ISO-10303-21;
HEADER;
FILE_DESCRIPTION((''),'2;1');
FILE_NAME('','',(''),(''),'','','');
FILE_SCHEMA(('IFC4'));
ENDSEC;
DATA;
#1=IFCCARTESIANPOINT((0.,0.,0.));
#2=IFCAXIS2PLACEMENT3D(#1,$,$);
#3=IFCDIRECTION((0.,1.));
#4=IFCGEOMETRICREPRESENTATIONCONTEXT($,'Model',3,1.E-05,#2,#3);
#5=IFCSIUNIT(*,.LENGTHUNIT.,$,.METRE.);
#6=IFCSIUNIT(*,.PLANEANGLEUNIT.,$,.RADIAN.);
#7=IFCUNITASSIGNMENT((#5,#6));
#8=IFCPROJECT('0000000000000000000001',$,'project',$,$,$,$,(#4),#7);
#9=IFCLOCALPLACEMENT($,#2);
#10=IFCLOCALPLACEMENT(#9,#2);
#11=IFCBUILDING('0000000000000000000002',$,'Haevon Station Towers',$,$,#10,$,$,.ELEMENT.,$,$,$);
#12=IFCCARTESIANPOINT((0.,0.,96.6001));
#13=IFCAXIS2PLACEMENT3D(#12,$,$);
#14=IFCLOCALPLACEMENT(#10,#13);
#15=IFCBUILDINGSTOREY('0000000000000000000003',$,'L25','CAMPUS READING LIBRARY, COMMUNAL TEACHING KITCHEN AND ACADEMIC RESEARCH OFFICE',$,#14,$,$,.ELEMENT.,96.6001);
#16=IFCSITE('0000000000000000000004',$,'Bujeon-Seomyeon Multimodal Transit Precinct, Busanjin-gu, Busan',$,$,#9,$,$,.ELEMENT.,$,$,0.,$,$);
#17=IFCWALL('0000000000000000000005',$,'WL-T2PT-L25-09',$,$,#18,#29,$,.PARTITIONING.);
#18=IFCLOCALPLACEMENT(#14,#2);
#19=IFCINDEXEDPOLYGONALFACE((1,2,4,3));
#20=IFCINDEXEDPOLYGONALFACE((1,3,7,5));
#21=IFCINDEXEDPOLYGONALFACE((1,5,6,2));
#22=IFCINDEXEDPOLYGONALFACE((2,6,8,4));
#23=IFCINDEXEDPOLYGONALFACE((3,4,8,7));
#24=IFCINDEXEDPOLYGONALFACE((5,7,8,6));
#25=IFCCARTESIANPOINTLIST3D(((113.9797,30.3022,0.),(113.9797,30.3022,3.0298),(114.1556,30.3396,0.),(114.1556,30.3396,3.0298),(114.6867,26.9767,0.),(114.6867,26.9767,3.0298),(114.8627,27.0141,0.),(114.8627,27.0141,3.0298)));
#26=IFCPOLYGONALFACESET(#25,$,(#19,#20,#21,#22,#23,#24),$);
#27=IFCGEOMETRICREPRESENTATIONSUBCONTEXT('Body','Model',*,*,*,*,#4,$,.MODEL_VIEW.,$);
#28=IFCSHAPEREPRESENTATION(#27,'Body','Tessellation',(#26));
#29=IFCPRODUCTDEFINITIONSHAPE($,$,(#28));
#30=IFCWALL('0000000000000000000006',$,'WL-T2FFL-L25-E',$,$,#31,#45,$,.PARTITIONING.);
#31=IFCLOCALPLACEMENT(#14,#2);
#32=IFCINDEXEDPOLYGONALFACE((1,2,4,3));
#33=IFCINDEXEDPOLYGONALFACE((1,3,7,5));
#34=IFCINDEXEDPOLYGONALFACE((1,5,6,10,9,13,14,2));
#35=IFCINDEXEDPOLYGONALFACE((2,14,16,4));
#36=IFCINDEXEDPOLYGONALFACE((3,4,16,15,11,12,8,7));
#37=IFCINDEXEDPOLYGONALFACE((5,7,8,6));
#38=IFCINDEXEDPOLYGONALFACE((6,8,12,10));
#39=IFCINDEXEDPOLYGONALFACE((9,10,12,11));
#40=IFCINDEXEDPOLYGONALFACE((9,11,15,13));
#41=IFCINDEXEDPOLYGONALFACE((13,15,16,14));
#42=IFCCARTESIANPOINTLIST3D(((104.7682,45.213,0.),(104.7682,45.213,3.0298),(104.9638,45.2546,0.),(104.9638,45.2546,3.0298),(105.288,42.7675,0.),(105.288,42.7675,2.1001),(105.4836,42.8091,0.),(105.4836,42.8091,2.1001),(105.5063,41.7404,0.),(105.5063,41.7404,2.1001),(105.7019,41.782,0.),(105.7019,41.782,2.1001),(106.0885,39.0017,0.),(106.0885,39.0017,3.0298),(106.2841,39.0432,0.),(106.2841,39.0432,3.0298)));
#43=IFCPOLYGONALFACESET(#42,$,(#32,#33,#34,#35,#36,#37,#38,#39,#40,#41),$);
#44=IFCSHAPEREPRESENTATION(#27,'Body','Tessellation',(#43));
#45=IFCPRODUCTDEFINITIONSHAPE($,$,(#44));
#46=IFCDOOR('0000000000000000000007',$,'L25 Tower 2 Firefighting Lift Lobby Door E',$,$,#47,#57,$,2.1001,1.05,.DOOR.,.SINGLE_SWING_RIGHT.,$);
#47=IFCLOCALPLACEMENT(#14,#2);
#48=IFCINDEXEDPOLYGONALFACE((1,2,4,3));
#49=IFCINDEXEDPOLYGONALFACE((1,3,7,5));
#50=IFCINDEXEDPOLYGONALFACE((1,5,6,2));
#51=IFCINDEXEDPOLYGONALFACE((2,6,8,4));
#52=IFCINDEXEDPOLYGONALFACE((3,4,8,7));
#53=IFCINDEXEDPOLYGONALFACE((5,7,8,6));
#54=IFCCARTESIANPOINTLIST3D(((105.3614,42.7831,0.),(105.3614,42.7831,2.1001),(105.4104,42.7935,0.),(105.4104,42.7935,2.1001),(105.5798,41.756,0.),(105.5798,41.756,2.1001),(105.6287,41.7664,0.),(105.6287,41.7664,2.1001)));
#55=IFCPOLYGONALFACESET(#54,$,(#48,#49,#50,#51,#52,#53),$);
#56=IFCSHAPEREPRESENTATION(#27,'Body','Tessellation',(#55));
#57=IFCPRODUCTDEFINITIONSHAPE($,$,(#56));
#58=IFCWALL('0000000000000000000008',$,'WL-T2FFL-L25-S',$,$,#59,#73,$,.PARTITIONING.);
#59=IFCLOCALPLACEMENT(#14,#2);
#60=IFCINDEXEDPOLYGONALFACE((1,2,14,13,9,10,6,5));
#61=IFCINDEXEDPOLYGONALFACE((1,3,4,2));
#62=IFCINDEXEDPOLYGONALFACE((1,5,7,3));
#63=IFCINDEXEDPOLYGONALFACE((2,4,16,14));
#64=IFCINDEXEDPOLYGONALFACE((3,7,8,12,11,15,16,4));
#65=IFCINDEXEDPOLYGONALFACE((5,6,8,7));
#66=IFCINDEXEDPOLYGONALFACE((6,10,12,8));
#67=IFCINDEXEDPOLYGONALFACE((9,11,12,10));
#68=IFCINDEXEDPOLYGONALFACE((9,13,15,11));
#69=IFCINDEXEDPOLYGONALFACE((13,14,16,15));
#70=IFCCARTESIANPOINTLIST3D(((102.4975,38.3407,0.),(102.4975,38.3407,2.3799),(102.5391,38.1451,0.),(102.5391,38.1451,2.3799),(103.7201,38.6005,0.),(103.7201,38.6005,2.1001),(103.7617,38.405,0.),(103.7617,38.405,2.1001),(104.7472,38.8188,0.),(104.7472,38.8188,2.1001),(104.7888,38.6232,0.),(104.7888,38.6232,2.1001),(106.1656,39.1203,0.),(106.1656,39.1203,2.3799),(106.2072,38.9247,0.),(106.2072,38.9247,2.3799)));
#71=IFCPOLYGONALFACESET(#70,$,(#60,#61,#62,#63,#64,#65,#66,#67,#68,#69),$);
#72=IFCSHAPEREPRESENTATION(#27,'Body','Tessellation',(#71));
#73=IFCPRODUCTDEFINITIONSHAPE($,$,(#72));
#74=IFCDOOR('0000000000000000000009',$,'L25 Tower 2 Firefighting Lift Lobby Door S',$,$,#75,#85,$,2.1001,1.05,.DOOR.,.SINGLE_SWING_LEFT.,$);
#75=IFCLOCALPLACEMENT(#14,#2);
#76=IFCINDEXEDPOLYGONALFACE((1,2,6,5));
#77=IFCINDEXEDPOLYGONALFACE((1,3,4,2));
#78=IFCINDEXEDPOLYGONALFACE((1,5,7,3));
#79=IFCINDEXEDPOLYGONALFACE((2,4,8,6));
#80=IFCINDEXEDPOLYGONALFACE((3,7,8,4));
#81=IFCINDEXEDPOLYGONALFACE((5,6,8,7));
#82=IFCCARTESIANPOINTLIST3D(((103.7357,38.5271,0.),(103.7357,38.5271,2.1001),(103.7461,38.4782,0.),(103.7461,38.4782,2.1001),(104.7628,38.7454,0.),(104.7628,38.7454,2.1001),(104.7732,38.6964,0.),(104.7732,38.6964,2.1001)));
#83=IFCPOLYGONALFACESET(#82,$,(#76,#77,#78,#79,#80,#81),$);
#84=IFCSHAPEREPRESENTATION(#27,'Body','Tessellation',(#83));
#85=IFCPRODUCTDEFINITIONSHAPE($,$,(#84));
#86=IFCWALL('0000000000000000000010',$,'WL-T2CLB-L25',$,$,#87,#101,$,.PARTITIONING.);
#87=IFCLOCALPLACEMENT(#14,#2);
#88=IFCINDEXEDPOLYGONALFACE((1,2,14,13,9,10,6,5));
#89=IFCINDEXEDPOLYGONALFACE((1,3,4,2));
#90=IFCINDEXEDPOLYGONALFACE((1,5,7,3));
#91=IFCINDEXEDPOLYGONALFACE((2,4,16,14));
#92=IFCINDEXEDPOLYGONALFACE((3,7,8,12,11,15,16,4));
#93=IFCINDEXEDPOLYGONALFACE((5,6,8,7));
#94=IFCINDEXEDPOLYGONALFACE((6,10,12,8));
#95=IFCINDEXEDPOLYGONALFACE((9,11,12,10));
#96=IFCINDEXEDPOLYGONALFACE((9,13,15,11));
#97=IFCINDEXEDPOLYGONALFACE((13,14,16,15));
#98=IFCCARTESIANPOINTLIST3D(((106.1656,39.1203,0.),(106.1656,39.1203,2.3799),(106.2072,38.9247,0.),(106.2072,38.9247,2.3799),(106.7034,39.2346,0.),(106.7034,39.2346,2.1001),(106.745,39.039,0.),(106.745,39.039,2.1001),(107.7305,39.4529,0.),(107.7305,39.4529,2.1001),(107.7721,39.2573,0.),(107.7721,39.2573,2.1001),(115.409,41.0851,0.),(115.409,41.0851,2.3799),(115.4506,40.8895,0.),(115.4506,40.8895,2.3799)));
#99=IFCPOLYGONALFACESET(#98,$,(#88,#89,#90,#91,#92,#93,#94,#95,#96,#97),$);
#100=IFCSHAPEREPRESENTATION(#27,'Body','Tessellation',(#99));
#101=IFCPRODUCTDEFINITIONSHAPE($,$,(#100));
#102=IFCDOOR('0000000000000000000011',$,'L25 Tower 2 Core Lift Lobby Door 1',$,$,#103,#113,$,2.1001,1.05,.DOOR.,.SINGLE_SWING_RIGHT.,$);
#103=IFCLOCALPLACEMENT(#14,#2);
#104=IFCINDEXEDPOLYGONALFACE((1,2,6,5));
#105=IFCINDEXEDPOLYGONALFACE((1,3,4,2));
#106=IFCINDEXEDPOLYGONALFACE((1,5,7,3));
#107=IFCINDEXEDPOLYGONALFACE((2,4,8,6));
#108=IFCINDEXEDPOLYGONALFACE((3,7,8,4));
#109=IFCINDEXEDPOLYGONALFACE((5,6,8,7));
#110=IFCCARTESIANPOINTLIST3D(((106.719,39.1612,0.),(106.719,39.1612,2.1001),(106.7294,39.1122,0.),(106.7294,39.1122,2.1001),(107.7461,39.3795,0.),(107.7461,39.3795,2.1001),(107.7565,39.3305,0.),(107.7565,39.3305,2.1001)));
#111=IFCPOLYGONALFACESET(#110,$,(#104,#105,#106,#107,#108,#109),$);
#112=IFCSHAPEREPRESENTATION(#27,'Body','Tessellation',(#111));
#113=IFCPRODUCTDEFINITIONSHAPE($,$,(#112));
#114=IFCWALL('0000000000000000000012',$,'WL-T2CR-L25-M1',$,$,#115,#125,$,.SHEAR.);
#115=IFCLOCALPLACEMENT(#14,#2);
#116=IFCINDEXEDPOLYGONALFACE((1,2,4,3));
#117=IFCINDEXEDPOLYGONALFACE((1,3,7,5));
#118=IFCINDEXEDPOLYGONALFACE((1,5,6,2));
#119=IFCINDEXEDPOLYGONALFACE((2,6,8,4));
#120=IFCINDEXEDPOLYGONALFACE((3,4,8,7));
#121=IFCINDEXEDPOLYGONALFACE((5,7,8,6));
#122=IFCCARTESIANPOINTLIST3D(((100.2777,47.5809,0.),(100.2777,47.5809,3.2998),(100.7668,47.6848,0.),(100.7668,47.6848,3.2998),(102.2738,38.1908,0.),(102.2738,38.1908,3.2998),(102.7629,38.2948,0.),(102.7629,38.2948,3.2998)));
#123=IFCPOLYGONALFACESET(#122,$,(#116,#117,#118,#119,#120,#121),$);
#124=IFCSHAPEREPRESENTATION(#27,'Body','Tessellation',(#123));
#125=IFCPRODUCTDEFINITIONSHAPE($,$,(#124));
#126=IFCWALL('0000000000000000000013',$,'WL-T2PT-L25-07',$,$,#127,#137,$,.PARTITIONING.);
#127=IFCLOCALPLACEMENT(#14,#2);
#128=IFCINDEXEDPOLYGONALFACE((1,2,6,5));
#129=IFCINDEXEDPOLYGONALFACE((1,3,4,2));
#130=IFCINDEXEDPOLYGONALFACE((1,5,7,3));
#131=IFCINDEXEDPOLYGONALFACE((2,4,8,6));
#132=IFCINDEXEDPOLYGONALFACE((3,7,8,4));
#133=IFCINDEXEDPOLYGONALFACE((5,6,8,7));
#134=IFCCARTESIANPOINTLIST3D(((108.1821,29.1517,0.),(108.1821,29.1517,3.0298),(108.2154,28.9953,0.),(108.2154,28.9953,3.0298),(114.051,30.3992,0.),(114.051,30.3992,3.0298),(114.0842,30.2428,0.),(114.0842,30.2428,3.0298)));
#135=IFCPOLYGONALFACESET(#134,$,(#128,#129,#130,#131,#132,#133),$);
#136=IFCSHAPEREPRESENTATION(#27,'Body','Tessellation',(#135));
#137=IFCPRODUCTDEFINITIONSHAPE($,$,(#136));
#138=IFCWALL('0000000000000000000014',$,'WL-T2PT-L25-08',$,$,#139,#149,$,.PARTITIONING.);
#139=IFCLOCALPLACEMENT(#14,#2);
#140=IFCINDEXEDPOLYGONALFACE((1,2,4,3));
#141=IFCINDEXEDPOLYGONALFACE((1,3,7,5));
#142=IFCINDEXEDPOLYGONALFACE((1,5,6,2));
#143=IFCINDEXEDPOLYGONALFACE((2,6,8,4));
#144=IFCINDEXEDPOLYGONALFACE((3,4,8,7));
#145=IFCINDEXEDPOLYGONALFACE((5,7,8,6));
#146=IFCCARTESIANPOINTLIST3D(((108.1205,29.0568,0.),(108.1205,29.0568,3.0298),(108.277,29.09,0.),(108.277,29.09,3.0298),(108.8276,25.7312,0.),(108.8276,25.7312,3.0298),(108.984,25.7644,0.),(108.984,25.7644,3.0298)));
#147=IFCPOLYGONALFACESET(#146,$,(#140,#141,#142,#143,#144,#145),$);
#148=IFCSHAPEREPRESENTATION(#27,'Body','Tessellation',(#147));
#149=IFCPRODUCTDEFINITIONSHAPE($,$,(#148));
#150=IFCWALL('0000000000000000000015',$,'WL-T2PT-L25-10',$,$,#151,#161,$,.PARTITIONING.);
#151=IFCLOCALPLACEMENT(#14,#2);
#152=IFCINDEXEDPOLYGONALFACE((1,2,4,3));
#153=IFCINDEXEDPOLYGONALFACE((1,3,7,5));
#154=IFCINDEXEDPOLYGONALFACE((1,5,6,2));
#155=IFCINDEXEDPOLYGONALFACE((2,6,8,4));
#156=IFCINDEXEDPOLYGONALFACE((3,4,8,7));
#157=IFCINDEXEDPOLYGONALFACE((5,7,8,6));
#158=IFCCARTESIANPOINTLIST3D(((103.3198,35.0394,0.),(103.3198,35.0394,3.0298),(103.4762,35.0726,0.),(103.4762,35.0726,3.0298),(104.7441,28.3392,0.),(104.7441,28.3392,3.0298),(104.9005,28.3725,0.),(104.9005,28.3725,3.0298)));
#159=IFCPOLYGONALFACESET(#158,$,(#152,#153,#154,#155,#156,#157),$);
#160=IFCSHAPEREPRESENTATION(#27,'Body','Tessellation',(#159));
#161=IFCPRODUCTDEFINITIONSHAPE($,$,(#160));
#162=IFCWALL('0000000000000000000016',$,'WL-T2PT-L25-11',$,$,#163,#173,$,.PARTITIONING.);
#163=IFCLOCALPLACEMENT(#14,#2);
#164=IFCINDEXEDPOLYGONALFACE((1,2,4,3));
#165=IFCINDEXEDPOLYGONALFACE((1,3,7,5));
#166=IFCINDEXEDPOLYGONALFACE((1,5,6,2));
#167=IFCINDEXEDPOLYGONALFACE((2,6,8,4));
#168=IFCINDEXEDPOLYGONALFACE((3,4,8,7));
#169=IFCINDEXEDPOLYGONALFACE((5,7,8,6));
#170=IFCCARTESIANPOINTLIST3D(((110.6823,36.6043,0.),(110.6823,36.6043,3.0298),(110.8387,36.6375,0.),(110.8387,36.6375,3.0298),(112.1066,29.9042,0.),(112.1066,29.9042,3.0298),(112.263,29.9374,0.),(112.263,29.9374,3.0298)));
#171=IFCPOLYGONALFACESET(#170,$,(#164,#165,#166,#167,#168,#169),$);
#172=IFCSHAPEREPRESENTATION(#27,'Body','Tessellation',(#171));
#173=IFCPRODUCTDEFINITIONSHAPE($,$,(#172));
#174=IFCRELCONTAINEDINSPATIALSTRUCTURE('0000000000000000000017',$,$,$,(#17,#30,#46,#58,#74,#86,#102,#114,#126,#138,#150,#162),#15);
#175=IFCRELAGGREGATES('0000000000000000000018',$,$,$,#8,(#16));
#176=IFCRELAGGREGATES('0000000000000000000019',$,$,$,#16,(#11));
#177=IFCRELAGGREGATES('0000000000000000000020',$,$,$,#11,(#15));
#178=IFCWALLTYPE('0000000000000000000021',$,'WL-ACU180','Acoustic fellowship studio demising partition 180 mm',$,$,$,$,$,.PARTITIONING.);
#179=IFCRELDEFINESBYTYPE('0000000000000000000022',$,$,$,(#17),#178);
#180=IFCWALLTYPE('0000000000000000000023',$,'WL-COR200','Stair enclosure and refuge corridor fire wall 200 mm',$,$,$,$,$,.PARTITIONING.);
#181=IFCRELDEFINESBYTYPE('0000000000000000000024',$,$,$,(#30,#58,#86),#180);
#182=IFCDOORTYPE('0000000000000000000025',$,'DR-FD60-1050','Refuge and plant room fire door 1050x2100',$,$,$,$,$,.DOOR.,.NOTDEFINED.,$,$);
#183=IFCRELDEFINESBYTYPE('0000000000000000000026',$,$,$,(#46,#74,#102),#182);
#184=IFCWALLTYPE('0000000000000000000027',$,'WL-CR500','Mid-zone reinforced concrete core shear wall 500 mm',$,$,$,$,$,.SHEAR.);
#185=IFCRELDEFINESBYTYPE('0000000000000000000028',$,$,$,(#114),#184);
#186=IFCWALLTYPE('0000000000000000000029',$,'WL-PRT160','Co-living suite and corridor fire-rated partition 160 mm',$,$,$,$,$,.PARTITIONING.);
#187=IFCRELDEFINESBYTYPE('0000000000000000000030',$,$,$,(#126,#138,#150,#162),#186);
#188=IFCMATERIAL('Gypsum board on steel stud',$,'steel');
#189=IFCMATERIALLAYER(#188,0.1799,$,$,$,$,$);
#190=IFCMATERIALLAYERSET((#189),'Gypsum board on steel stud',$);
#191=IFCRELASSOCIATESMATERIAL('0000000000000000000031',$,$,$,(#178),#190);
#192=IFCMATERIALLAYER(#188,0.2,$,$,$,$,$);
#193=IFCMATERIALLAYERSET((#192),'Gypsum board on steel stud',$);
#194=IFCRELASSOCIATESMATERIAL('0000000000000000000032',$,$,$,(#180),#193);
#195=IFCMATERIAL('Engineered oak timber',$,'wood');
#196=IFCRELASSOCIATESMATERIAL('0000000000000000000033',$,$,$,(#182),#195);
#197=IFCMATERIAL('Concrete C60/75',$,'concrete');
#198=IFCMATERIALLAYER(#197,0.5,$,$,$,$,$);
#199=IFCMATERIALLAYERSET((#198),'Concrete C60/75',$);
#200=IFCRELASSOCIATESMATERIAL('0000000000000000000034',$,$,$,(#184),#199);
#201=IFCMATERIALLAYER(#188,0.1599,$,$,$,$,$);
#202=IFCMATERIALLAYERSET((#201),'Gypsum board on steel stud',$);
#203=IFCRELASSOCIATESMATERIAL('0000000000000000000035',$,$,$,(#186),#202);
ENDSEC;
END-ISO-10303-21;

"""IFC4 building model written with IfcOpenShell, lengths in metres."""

from ifc_helpers import new_model, si_unit, direction, frame, frame_2d, origin, place, context, subcontext, project, spatial, rectangle, extrude, material, layer, layer_set, type_object, element, fill, save


model = new_model("IFC4")

# Units and contexts
model_context = context("Model", 3, precision=1e-05, world=origin(), true_north=direction((0.0, 1.0)))
body_context = subcontext(model_context, "Body", "Model", "MODEL_VIEW")
ifc_project = project(units=[si_unit("LENGTHUNIT", "METRE"), si_unit("PLANEANGLEUNIT", "RADIAN")], contexts=[model_context])

# Site, building, storey
site_placement = place(None, origin())
site = spatial("IfcSite", under=ifc_project, at=site_placement, Name="Bujeon-Seomyeon Multimodal Transit Precinct, Busanjin-gu, Busan", CompositionType="ELEMENT", RefElevation=0.0)
building_placement = place(site_placement, origin())
building = spatial("IfcBuilding", under=site, at=building_placement, Name="Haevon Station Towers", CompositionType="ELEMENT")
storey_placement = place(building_placement, frame((0.0, 0.0, 96.6001)))
storey = spatial("IfcBuildingStorey", under=building, at=storey_placement, Name="L25", Description="CAMPUS READING LIBRARY, COMMUNAL TEACHING KITCHEN AND ACADEMIC RESEARCH OFFICE", CompositionType="ELEMENT", Elevation=96.6001)

# Wall
ifc_material_1 = material(Name="Gypsum board on steel stud", Category="steel")
ifc_layer_1 = layer(ifc_material_1, 0.1799)
ifc_layer_set_1 = layer_set([ifc_layer_1], Name="Gypsum board on steel stud")
wall_type_1 = type_object("IfcWallType", Name="WL-ACU180", Description="Acoustic fellowship studio demising partition 180 mm", PredefinedType="PARTITIONING", material=ifc_layer_set_1)
wall_1_placement = place(storey_placement, frame((114.7747, 26.9954, 0.0), z_axis=(0.0, 0.0, 1.0), x_axis=(-0.20795, 0.97814, 0.0)))
element("IfcWall", 1, at=wall_1_placement, inside=storey, type_object=wall_type_1, Name="WL-T2PT-L25-09", PredefinedType="PARTITIONING", context=body_context, shape_type="SweptSolid", body=[
    extrude(rectangle(XDim=3.3999, YDim=0.1799, at=frame_2d((1.7, 0.0))), origin(), (0.0, 0.0, 1.0), 3.0298),
])

# Walls, openings, doors
ifc_layer_2 = layer(ifc_material_1, 0.2)
ifc_layer_set_2 = layer_set([ifc_layer_2], Name="Gypsum board on steel stud")
wall_type_2 = type_object("IfcWallType", Name="WL-COR200", Description="Stair enclosure and refuge corridor fire wall 200 mm", PredefinedType="PARTITIONING", material=ifc_layer_set_2)
wall_2_placement = place(storey_placement, frame((106.1863, 39.0225, 0.0), z_axis=(0.0, 0.0, 1.0), x_axis=(-0.207917, 0.978147, 0.0)))
wall_2 = element("IfcWall", 2, at=wall_2_placement, inside=storey, type_object=wall_type_2, Name="WL-T2FFL-L25-E", PredefinedType="PARTITIONING", context=body_context, shape_type="SweptSolid", body=[
    extrude(rectangle(XDim=6.3501, YDim=0.2, at=frame_2d((3.175, 0.0))), origin(), (0.0, 0.0, 1.0), 3.0298),
])
opening_1_placement = place(wall_2_placement, frame((2.8, 0.0, 0.0)))
opening_1 = element("IfcOpeningElement", 3, at=opening_1_placement, cuts=wall_2, PredefinedType="OPENING", context=body_context, shape_type="SweptSolid", body=[
    extrude(rectangle(XDim=1.05, YDim=2.1001, at=frame_2d((0.5249, 1.05))), frame((0.0, 0.1099, 0.0), z_axis=(0.0, -1.0, 0.0), x_axis=(1.0, 0.0, 0.0)), (0.0, 0.0, 1.0), 0.22),
])
ifc_material_2 = material(Name="Engineered oak timber", Category="wood")
door_type = type_object("IfcDoorType", Name="DR-FD60-1050", Description="Refuge and plant room fire door 1050x2100", OperationType="NOTDEFINED", PredefinedType="DOOR", material=ifc_material_2)
door_1_placement = place(opening_1_placement, origin())
door_1 = element("IfcDoor", 4, at=door_1_placement, inside=storey, type_object=door_type, Name="L25 Tower 2 Firefighting Lift Lobby Door E", OperationType="SINGLE_SWING_RIGHT", OverallHeight=2.1001, OverallWidth=1.05, PredefinedType="DOOR", context=body_context, shape_type="SweptSolid", body=[
    extrude(rectangle(XDim=1.05, YDim=2.1001, at=frame_2d((0.5249, 1.05))), frame((0.0, 0.0249, 0.0), z_axis=(0.0, -1.0, 0.0), x_axis=(1.0, 0.0, 0.0)), (0.0, 0.0, 1.0), 0.05),
])
fill(opening_1, door_1)
wall_3_placement = place(storey_placement, frame((102.5183, 38.2429, 0.0), z_axis=(0.0, 0.0, 1.0), x_axis=(0.978154, 0.207884, 0.0)))
wall_3 = element("IfcWall", 5, at=wall_3_placement, inside=storey, type_object=wall_type_2, Name="WL-T2FFL-L25-S", PredefinedType="PARTITIONING", context=body_context, shape_type="SweptSolid", body=[
    extrude(rectangle(XDim=3.75, YDim=0.2, at=frame_2d((1.875, 0.0))), origin(), (0.0, 0.0, 1.0), 2.3799),
])
opening_2_placement = place(wall_3_placement, frame((1.25, 0.0, 0.0)))
opening_2 = element("IfcOpeningElement", 6, at=opening_2_placement, cuts=wall_3, PredefinedType="OPENING", context=body_context, shape_type="SweptSolid", body=[
    extrude(rectangle(XDim=1.05, YDim=2.1001, at=frame_2d((0.5249, 1.05))), frame((0.0, 0.1099, 0.0), z_axis=(0.0, -1.0, 0.0), x_axis=(1.0, 0.0, 0.0)), (0.0, 0.0, 1.0), 0.22),
])
door_2_placement = place(opening_2_placement, origin())
door_2 = element("IfcDoor", 7, at=door_2_placement, inside=storey, type_object=door_type, Name="L25 Tower 2 Firefighting Lift Lobby Door S", OperationType="SINGLE_SWING_LEFT", OverallHeight=2.1001, OverallWidth=1.05, PredefinedType="DOOR", context=body_context, shape_type="SweptSolid", body=[
    extrude(rectangle(XDim=1.05, YDim=2.1001, at=frame_2d((0.5249, 1.05))), frame((0.0, 0.0249, 0.0), z_axis=(0.0, -1.0, 0.0), x_axis=(1.0, 0.0, 0.0)), (0.0, 0.0, 1.0), 0.05),
])
fill(opening_2, door_2)
wall_4_placement = place(storey_placement, frame((106.1863, 39.0225, 0.0), z_axis=(0.0, 0.0, 1.0), x_axis=(0.978146, 0.207921, 0.0)))
wall_4 = element("IfcWall", 8, at=wall_4_placement, inside=storey, type_object=wall_type_2, Name="WL-T2CLB-L25", PredefinedType="PARTITIONING", context=body_context, shape_type="SweptSolid", body=[
    extrude(rectangle(XDim=9.45, YDim=0.2, at=frame_2d((4.7251, 0.0))), origin(), (0.0, 0.0, 1.0), 2.3799),
])
opening_3_placement = place(wall_4_placement, frame((0.55, 0.0, 0.0)))
opening_3 = element("IfcOpeningElement", 9, at=opening_3_placement, cuts=wall_4, PredefinedType="OPENING", context=body_context, shape_type="SweptSolid", body=[
    extrude(rectangle(XDim=1.05, YDim=2.1001, at=frame_2d((0.5249, 1.05))), frame((0.0, 0.1099, 0.0), z_axis=(0.0, -1.0, 0.0), x_axis=(1.0, 0.0, 0.0)), (0.0, 0.0, 1.0), 0.22),
])
door_3_placement = place(opening_3_placement, origin())
door_3 = element("IfcDoor", 10, at=door_3_placement, inside=storey, type_object=door_type, Name="L25 Tower 2 Core Lift Lobby Door 1", OperationType="SINGLE_SWING_RIGHT", OverallHeight=2.1001, OverallWidth=1.05, PredefinedType="DOOR", context=body_context, shape_type="SweptSolid", body=[
    extrude(rectangle(XDim=1.05, YDim=2.1001, at=frame_2d((0.5249, 1.05))), frame((0.0, 0.0249, 0.0), z_axis=(0.0, -1.0, 0.0), x_axis=(1.0, 0.0, 0.0)), (0.0, 0.0, 1.0), 0.05),
])
fill(opening_3, door_3)

# Walls
ifc_material_3 = material(Name="Concrete C60/75", Category="concrete")
ifc_layer_3 = layer(ifc_material_3, 0.5)
ifc_layer_set_3 = layer_set([ifc_layer_3], Name="Concrete C60/75")
wall_type_3 = type_object("IfcWallType", Name="WL-CR500", Description="Mid-zone reinforced concrete core shear wall 500 mm", PredefinedType="SHEAR", material=ifc_layer_set_3)
wall_5_placement = place(storey_placement, frame((102.5183, 38.2429, 0.0), z_axis=(0.0, 0.0, 1.0), x_axis=(-0.207927, 0.978144, 0.0)))
element("IfcWall", 11, at=wall_5_placement, inside=storey, type_object=wall_type_3, Name="WL-T2CR-L25-M1", PredefinedType="SHEAR", context=body_context, shape_type="SweptSolid", body=[
    extrude(rectangle(XDim=9.5999, YDim=0.5, at=frame_2d((4.7998, 0.0))), origin(), (0.0, 0.0, 1.0), 3.2998),
])
ifc_layer_4 = layer(ifc_material_1, 0.1599)
ifc_layer_set_4 = layer_set([ifc_layer_4], Name="Gypsum board on steel stud")
wall_type_4 = type_object("IfcWallType", Name="WL-PRT160", Description="Co-living suite and corridor fire-rated partition 160 mm", PredefinedType="PARTITIONING", material=ifc_layer_set_4)
wall_6_placement = place(storey_placement, frame((108.1987, 29.0735, 0.0), z_axis=(0.0, 0.0, 1.0), x_axis=(0.978145, 0.207925, 0.0)))
element("IfcWall", 12, at=wall_6_placement, inside=storey, type_object=wall_type_4, Name="WL-T2PT-L25-07", PredefinedType="PARTITIONING", context=body_context, shape_type="SweptSolid", body=[
    extrude(rectangle(XDim=6.0, YDim=0.1599, at=frame_2d((3.0, 0.0))), origin(), (0.0, 0.0, 1.0), 3.0298),
])
wall_7_placement = place(storey_placement, frame((108.9058, 25.7478, 0.0), z_axis=(0.0, 0.0, 1.0), x_axis=(-0.20795, 0.97814, 0.0)))
element("IfcWall", 13, at=wall_7_placement, inside=storey, type_object=wall_type_4, Name="WL-T2PT-L25-08", PredefinedType="PARTITIONING", context=body_context, shape_type="SweptSolid", body=[
    extrude(rectangle(XDim=3.3999, YDim=0.1599, at=frame_2d((1.7, 0.0))), origin(), (0.0, 0.0, 1.0), 3.0298),
])
for number, where, z_axis, x_axis, name in (
    (14, (104.8223, 28.356, 0.0), (0.0, 0.0, 1.0), (-0.207932, 0.978143, 0.0), "WL-T2PT-L25-10"),
    (15, (112.1848, 29.9209, 0.0), (0.0, 0.0, 1.0), (-0.207932, 0.978143, 0.0), "WL-T2PT-L25-11"),
):
    element("IfcWall", number, at=place(storey_placement, frame(where, z_axis=z_axis, x_axis=x_axis)), inside=storey, type_object=wall_type_4, Name=name, PredefinedType="PARTITIONING", context=body_context, shape_type="SweptSolid", body=[
        extrude(rectangle(XDim=6.8499, YDim=0.1599, at=frame_2d((3.4248, 0.0))), origin(), (0.0, 0.0, 1.0), 3.0298),
    ])

save(model, "model.ifc")
